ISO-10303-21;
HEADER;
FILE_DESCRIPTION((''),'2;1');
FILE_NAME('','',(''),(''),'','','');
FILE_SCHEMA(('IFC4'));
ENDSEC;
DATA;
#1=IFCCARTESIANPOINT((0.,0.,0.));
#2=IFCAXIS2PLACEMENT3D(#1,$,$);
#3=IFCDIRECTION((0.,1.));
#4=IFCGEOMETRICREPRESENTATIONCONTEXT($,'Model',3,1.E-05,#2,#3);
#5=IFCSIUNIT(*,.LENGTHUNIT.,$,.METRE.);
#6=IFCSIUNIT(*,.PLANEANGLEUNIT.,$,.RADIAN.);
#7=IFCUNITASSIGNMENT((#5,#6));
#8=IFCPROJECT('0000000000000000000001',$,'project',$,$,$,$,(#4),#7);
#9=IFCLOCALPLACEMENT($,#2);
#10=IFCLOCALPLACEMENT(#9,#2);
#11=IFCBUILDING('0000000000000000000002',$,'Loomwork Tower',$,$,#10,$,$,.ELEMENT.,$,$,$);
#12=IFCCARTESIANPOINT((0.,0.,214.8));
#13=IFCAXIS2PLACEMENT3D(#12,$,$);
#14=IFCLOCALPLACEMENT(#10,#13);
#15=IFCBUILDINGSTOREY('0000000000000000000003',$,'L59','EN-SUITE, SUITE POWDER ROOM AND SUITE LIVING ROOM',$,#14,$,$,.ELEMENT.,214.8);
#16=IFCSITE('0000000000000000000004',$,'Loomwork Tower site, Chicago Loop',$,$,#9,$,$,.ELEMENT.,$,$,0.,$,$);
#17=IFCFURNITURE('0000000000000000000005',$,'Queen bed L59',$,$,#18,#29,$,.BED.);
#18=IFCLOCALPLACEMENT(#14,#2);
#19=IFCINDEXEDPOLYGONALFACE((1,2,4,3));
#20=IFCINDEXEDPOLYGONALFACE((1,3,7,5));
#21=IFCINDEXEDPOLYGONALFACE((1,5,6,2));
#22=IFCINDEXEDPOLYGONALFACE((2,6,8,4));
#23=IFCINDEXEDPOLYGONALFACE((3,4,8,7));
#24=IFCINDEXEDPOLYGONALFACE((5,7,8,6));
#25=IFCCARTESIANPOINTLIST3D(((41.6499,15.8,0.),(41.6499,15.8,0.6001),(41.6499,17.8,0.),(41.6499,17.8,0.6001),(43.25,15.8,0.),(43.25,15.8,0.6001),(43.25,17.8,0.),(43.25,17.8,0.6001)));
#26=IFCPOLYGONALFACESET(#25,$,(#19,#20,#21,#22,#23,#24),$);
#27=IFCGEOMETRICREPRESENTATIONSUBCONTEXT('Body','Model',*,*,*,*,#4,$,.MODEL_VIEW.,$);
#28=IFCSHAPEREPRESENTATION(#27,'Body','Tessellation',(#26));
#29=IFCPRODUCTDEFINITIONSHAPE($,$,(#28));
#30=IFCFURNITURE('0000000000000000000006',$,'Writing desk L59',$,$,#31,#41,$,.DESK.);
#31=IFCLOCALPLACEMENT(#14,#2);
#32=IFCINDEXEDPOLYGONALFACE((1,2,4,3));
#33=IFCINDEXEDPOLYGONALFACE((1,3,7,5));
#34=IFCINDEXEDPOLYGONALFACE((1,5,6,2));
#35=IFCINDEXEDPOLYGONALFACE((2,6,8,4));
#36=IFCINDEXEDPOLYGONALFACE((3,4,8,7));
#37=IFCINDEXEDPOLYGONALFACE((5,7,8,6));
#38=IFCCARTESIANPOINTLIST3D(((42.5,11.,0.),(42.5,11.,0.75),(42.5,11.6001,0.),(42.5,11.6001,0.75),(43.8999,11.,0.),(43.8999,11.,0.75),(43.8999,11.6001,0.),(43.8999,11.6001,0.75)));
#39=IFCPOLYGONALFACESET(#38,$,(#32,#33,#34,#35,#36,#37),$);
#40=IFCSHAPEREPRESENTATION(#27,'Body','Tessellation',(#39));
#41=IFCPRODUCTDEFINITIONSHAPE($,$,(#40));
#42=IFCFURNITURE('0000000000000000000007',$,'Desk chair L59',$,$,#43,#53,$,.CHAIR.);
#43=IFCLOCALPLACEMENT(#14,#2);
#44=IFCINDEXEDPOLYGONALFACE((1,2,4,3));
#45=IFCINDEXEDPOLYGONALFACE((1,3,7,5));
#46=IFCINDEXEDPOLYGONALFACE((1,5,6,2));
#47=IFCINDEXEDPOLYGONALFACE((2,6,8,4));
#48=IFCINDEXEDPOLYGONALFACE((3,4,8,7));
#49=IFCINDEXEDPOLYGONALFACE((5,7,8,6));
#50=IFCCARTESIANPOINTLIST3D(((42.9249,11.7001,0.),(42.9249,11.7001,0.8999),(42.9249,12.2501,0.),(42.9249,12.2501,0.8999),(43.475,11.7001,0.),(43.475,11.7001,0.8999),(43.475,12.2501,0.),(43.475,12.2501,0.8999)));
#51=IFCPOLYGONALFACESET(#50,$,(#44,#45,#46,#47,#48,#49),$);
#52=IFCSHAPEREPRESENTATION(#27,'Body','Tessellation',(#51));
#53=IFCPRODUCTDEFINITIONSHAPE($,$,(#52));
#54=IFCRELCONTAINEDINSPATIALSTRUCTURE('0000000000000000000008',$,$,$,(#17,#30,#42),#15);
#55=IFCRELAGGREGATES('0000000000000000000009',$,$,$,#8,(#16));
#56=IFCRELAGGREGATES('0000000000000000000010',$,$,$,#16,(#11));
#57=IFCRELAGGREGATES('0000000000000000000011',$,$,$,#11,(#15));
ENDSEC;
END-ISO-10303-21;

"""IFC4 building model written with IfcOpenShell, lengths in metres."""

from ifc_helpers import new_model, si_unit, direction, frame, origin, origin_2d, place, context, subcontext, project, spatial, rectangle, extrude, element, save


model = new_model("IFC4")

# Units and contexts
model_context = context("Model", 3, precision=1e-05, world=origin(), true_north=direction((0.0, 1.0)))
body_context = subcontext(model_context, "Body", "Model", "MODEL_VIEW")
ifc_project = project(units=[si_unit("LENGTHUNIT", "METRE"), si_unit("PLANEANGLEUNIT", "RADIAN")], contexts=[model_context])

# Site, building, storey
site_placement = place(None, origin())
site = spatial("IfcSite", under=ifc_project, at=site_placement, Name="Loomwork Tower site, Chicago Loop", CompositionType="ELEMENT", RefElevation=0.0)
building_placement = place(site_placement, origin())
building = spatial("IfcBuilding", under=site, at=building_placement, Name="Loomwork Tower", CompositionType="ELEMENT")
storey_placement = place(building_placement, frame((0.0, 0.0, 214.8)))
storey = spatial("IfcBuildingStorey", under=building, at=storey_placement, Name="L59", Description="EN-SUITE, SUITE POWDER ROOM AND SUITE LIVING ROOM", CompositionType="ELEMENT", Elevation=214.8)

# Furniture
for number, where, z_axis, x_axis, name in (
    (1, (42.45, 16.8, 0.0), (0.0, 0.0, 1.0), (1.0, 0.0, 0.0), "Queen bed L59"),
):
    element("IfcFurniture", number, at=place(storey_placement, frame(where, z_axis=z_axis, x_axis=x_axis)), inside=storey, Name=name, PredefinedType="BED", context=body_context, shape_type="SweptSolid", body=[
        extrude(rectangle(XDim=1.6001, YDim=2.0, at=origin_2d()), origin(), (0.0, 0.0, 1.0), 0.6001),
    ])
furniture_1_placement = place(storey_placement, frame((43.2, 11.3, 0.0), z_axis=(0.0, 0.0, 1.0), x_axis=(1.0, 0.0, 0.0)))
element("IfcFurniture", 2, at=furniture_1_placement, inside=storey, Name="Writing desk L59", PredefinedType="DESK", context=body_context, shape_type="SweptSolid", body=[
    extrude(rectangle(XDim=1.3999, YDim=0.6001, at=origin_2d()), origin(), (0.0, 0.0, 1.0), 0.75),
])
furniture_2_placement = place(storey_placement, frame((43.2, 11.9751, 0.0), z_axis=(0.0, 0.0, 1.0), x_axis=(1.0, 0.0, 0.0)))
element("IfcFurniture", 3, at=furniture_2_placement, inside=storey, Name="Desk chair L59", PredefinedType="CHAIR", context=body_context, shape_type="SweptSolid", body=[
    extrude(rectangle(XDim=0.55, YDim=0.55, at=origin_2d()), origin(), (0.0, 0.0, 1.0), 0.8999),
])

save(model, "model.ifc")
